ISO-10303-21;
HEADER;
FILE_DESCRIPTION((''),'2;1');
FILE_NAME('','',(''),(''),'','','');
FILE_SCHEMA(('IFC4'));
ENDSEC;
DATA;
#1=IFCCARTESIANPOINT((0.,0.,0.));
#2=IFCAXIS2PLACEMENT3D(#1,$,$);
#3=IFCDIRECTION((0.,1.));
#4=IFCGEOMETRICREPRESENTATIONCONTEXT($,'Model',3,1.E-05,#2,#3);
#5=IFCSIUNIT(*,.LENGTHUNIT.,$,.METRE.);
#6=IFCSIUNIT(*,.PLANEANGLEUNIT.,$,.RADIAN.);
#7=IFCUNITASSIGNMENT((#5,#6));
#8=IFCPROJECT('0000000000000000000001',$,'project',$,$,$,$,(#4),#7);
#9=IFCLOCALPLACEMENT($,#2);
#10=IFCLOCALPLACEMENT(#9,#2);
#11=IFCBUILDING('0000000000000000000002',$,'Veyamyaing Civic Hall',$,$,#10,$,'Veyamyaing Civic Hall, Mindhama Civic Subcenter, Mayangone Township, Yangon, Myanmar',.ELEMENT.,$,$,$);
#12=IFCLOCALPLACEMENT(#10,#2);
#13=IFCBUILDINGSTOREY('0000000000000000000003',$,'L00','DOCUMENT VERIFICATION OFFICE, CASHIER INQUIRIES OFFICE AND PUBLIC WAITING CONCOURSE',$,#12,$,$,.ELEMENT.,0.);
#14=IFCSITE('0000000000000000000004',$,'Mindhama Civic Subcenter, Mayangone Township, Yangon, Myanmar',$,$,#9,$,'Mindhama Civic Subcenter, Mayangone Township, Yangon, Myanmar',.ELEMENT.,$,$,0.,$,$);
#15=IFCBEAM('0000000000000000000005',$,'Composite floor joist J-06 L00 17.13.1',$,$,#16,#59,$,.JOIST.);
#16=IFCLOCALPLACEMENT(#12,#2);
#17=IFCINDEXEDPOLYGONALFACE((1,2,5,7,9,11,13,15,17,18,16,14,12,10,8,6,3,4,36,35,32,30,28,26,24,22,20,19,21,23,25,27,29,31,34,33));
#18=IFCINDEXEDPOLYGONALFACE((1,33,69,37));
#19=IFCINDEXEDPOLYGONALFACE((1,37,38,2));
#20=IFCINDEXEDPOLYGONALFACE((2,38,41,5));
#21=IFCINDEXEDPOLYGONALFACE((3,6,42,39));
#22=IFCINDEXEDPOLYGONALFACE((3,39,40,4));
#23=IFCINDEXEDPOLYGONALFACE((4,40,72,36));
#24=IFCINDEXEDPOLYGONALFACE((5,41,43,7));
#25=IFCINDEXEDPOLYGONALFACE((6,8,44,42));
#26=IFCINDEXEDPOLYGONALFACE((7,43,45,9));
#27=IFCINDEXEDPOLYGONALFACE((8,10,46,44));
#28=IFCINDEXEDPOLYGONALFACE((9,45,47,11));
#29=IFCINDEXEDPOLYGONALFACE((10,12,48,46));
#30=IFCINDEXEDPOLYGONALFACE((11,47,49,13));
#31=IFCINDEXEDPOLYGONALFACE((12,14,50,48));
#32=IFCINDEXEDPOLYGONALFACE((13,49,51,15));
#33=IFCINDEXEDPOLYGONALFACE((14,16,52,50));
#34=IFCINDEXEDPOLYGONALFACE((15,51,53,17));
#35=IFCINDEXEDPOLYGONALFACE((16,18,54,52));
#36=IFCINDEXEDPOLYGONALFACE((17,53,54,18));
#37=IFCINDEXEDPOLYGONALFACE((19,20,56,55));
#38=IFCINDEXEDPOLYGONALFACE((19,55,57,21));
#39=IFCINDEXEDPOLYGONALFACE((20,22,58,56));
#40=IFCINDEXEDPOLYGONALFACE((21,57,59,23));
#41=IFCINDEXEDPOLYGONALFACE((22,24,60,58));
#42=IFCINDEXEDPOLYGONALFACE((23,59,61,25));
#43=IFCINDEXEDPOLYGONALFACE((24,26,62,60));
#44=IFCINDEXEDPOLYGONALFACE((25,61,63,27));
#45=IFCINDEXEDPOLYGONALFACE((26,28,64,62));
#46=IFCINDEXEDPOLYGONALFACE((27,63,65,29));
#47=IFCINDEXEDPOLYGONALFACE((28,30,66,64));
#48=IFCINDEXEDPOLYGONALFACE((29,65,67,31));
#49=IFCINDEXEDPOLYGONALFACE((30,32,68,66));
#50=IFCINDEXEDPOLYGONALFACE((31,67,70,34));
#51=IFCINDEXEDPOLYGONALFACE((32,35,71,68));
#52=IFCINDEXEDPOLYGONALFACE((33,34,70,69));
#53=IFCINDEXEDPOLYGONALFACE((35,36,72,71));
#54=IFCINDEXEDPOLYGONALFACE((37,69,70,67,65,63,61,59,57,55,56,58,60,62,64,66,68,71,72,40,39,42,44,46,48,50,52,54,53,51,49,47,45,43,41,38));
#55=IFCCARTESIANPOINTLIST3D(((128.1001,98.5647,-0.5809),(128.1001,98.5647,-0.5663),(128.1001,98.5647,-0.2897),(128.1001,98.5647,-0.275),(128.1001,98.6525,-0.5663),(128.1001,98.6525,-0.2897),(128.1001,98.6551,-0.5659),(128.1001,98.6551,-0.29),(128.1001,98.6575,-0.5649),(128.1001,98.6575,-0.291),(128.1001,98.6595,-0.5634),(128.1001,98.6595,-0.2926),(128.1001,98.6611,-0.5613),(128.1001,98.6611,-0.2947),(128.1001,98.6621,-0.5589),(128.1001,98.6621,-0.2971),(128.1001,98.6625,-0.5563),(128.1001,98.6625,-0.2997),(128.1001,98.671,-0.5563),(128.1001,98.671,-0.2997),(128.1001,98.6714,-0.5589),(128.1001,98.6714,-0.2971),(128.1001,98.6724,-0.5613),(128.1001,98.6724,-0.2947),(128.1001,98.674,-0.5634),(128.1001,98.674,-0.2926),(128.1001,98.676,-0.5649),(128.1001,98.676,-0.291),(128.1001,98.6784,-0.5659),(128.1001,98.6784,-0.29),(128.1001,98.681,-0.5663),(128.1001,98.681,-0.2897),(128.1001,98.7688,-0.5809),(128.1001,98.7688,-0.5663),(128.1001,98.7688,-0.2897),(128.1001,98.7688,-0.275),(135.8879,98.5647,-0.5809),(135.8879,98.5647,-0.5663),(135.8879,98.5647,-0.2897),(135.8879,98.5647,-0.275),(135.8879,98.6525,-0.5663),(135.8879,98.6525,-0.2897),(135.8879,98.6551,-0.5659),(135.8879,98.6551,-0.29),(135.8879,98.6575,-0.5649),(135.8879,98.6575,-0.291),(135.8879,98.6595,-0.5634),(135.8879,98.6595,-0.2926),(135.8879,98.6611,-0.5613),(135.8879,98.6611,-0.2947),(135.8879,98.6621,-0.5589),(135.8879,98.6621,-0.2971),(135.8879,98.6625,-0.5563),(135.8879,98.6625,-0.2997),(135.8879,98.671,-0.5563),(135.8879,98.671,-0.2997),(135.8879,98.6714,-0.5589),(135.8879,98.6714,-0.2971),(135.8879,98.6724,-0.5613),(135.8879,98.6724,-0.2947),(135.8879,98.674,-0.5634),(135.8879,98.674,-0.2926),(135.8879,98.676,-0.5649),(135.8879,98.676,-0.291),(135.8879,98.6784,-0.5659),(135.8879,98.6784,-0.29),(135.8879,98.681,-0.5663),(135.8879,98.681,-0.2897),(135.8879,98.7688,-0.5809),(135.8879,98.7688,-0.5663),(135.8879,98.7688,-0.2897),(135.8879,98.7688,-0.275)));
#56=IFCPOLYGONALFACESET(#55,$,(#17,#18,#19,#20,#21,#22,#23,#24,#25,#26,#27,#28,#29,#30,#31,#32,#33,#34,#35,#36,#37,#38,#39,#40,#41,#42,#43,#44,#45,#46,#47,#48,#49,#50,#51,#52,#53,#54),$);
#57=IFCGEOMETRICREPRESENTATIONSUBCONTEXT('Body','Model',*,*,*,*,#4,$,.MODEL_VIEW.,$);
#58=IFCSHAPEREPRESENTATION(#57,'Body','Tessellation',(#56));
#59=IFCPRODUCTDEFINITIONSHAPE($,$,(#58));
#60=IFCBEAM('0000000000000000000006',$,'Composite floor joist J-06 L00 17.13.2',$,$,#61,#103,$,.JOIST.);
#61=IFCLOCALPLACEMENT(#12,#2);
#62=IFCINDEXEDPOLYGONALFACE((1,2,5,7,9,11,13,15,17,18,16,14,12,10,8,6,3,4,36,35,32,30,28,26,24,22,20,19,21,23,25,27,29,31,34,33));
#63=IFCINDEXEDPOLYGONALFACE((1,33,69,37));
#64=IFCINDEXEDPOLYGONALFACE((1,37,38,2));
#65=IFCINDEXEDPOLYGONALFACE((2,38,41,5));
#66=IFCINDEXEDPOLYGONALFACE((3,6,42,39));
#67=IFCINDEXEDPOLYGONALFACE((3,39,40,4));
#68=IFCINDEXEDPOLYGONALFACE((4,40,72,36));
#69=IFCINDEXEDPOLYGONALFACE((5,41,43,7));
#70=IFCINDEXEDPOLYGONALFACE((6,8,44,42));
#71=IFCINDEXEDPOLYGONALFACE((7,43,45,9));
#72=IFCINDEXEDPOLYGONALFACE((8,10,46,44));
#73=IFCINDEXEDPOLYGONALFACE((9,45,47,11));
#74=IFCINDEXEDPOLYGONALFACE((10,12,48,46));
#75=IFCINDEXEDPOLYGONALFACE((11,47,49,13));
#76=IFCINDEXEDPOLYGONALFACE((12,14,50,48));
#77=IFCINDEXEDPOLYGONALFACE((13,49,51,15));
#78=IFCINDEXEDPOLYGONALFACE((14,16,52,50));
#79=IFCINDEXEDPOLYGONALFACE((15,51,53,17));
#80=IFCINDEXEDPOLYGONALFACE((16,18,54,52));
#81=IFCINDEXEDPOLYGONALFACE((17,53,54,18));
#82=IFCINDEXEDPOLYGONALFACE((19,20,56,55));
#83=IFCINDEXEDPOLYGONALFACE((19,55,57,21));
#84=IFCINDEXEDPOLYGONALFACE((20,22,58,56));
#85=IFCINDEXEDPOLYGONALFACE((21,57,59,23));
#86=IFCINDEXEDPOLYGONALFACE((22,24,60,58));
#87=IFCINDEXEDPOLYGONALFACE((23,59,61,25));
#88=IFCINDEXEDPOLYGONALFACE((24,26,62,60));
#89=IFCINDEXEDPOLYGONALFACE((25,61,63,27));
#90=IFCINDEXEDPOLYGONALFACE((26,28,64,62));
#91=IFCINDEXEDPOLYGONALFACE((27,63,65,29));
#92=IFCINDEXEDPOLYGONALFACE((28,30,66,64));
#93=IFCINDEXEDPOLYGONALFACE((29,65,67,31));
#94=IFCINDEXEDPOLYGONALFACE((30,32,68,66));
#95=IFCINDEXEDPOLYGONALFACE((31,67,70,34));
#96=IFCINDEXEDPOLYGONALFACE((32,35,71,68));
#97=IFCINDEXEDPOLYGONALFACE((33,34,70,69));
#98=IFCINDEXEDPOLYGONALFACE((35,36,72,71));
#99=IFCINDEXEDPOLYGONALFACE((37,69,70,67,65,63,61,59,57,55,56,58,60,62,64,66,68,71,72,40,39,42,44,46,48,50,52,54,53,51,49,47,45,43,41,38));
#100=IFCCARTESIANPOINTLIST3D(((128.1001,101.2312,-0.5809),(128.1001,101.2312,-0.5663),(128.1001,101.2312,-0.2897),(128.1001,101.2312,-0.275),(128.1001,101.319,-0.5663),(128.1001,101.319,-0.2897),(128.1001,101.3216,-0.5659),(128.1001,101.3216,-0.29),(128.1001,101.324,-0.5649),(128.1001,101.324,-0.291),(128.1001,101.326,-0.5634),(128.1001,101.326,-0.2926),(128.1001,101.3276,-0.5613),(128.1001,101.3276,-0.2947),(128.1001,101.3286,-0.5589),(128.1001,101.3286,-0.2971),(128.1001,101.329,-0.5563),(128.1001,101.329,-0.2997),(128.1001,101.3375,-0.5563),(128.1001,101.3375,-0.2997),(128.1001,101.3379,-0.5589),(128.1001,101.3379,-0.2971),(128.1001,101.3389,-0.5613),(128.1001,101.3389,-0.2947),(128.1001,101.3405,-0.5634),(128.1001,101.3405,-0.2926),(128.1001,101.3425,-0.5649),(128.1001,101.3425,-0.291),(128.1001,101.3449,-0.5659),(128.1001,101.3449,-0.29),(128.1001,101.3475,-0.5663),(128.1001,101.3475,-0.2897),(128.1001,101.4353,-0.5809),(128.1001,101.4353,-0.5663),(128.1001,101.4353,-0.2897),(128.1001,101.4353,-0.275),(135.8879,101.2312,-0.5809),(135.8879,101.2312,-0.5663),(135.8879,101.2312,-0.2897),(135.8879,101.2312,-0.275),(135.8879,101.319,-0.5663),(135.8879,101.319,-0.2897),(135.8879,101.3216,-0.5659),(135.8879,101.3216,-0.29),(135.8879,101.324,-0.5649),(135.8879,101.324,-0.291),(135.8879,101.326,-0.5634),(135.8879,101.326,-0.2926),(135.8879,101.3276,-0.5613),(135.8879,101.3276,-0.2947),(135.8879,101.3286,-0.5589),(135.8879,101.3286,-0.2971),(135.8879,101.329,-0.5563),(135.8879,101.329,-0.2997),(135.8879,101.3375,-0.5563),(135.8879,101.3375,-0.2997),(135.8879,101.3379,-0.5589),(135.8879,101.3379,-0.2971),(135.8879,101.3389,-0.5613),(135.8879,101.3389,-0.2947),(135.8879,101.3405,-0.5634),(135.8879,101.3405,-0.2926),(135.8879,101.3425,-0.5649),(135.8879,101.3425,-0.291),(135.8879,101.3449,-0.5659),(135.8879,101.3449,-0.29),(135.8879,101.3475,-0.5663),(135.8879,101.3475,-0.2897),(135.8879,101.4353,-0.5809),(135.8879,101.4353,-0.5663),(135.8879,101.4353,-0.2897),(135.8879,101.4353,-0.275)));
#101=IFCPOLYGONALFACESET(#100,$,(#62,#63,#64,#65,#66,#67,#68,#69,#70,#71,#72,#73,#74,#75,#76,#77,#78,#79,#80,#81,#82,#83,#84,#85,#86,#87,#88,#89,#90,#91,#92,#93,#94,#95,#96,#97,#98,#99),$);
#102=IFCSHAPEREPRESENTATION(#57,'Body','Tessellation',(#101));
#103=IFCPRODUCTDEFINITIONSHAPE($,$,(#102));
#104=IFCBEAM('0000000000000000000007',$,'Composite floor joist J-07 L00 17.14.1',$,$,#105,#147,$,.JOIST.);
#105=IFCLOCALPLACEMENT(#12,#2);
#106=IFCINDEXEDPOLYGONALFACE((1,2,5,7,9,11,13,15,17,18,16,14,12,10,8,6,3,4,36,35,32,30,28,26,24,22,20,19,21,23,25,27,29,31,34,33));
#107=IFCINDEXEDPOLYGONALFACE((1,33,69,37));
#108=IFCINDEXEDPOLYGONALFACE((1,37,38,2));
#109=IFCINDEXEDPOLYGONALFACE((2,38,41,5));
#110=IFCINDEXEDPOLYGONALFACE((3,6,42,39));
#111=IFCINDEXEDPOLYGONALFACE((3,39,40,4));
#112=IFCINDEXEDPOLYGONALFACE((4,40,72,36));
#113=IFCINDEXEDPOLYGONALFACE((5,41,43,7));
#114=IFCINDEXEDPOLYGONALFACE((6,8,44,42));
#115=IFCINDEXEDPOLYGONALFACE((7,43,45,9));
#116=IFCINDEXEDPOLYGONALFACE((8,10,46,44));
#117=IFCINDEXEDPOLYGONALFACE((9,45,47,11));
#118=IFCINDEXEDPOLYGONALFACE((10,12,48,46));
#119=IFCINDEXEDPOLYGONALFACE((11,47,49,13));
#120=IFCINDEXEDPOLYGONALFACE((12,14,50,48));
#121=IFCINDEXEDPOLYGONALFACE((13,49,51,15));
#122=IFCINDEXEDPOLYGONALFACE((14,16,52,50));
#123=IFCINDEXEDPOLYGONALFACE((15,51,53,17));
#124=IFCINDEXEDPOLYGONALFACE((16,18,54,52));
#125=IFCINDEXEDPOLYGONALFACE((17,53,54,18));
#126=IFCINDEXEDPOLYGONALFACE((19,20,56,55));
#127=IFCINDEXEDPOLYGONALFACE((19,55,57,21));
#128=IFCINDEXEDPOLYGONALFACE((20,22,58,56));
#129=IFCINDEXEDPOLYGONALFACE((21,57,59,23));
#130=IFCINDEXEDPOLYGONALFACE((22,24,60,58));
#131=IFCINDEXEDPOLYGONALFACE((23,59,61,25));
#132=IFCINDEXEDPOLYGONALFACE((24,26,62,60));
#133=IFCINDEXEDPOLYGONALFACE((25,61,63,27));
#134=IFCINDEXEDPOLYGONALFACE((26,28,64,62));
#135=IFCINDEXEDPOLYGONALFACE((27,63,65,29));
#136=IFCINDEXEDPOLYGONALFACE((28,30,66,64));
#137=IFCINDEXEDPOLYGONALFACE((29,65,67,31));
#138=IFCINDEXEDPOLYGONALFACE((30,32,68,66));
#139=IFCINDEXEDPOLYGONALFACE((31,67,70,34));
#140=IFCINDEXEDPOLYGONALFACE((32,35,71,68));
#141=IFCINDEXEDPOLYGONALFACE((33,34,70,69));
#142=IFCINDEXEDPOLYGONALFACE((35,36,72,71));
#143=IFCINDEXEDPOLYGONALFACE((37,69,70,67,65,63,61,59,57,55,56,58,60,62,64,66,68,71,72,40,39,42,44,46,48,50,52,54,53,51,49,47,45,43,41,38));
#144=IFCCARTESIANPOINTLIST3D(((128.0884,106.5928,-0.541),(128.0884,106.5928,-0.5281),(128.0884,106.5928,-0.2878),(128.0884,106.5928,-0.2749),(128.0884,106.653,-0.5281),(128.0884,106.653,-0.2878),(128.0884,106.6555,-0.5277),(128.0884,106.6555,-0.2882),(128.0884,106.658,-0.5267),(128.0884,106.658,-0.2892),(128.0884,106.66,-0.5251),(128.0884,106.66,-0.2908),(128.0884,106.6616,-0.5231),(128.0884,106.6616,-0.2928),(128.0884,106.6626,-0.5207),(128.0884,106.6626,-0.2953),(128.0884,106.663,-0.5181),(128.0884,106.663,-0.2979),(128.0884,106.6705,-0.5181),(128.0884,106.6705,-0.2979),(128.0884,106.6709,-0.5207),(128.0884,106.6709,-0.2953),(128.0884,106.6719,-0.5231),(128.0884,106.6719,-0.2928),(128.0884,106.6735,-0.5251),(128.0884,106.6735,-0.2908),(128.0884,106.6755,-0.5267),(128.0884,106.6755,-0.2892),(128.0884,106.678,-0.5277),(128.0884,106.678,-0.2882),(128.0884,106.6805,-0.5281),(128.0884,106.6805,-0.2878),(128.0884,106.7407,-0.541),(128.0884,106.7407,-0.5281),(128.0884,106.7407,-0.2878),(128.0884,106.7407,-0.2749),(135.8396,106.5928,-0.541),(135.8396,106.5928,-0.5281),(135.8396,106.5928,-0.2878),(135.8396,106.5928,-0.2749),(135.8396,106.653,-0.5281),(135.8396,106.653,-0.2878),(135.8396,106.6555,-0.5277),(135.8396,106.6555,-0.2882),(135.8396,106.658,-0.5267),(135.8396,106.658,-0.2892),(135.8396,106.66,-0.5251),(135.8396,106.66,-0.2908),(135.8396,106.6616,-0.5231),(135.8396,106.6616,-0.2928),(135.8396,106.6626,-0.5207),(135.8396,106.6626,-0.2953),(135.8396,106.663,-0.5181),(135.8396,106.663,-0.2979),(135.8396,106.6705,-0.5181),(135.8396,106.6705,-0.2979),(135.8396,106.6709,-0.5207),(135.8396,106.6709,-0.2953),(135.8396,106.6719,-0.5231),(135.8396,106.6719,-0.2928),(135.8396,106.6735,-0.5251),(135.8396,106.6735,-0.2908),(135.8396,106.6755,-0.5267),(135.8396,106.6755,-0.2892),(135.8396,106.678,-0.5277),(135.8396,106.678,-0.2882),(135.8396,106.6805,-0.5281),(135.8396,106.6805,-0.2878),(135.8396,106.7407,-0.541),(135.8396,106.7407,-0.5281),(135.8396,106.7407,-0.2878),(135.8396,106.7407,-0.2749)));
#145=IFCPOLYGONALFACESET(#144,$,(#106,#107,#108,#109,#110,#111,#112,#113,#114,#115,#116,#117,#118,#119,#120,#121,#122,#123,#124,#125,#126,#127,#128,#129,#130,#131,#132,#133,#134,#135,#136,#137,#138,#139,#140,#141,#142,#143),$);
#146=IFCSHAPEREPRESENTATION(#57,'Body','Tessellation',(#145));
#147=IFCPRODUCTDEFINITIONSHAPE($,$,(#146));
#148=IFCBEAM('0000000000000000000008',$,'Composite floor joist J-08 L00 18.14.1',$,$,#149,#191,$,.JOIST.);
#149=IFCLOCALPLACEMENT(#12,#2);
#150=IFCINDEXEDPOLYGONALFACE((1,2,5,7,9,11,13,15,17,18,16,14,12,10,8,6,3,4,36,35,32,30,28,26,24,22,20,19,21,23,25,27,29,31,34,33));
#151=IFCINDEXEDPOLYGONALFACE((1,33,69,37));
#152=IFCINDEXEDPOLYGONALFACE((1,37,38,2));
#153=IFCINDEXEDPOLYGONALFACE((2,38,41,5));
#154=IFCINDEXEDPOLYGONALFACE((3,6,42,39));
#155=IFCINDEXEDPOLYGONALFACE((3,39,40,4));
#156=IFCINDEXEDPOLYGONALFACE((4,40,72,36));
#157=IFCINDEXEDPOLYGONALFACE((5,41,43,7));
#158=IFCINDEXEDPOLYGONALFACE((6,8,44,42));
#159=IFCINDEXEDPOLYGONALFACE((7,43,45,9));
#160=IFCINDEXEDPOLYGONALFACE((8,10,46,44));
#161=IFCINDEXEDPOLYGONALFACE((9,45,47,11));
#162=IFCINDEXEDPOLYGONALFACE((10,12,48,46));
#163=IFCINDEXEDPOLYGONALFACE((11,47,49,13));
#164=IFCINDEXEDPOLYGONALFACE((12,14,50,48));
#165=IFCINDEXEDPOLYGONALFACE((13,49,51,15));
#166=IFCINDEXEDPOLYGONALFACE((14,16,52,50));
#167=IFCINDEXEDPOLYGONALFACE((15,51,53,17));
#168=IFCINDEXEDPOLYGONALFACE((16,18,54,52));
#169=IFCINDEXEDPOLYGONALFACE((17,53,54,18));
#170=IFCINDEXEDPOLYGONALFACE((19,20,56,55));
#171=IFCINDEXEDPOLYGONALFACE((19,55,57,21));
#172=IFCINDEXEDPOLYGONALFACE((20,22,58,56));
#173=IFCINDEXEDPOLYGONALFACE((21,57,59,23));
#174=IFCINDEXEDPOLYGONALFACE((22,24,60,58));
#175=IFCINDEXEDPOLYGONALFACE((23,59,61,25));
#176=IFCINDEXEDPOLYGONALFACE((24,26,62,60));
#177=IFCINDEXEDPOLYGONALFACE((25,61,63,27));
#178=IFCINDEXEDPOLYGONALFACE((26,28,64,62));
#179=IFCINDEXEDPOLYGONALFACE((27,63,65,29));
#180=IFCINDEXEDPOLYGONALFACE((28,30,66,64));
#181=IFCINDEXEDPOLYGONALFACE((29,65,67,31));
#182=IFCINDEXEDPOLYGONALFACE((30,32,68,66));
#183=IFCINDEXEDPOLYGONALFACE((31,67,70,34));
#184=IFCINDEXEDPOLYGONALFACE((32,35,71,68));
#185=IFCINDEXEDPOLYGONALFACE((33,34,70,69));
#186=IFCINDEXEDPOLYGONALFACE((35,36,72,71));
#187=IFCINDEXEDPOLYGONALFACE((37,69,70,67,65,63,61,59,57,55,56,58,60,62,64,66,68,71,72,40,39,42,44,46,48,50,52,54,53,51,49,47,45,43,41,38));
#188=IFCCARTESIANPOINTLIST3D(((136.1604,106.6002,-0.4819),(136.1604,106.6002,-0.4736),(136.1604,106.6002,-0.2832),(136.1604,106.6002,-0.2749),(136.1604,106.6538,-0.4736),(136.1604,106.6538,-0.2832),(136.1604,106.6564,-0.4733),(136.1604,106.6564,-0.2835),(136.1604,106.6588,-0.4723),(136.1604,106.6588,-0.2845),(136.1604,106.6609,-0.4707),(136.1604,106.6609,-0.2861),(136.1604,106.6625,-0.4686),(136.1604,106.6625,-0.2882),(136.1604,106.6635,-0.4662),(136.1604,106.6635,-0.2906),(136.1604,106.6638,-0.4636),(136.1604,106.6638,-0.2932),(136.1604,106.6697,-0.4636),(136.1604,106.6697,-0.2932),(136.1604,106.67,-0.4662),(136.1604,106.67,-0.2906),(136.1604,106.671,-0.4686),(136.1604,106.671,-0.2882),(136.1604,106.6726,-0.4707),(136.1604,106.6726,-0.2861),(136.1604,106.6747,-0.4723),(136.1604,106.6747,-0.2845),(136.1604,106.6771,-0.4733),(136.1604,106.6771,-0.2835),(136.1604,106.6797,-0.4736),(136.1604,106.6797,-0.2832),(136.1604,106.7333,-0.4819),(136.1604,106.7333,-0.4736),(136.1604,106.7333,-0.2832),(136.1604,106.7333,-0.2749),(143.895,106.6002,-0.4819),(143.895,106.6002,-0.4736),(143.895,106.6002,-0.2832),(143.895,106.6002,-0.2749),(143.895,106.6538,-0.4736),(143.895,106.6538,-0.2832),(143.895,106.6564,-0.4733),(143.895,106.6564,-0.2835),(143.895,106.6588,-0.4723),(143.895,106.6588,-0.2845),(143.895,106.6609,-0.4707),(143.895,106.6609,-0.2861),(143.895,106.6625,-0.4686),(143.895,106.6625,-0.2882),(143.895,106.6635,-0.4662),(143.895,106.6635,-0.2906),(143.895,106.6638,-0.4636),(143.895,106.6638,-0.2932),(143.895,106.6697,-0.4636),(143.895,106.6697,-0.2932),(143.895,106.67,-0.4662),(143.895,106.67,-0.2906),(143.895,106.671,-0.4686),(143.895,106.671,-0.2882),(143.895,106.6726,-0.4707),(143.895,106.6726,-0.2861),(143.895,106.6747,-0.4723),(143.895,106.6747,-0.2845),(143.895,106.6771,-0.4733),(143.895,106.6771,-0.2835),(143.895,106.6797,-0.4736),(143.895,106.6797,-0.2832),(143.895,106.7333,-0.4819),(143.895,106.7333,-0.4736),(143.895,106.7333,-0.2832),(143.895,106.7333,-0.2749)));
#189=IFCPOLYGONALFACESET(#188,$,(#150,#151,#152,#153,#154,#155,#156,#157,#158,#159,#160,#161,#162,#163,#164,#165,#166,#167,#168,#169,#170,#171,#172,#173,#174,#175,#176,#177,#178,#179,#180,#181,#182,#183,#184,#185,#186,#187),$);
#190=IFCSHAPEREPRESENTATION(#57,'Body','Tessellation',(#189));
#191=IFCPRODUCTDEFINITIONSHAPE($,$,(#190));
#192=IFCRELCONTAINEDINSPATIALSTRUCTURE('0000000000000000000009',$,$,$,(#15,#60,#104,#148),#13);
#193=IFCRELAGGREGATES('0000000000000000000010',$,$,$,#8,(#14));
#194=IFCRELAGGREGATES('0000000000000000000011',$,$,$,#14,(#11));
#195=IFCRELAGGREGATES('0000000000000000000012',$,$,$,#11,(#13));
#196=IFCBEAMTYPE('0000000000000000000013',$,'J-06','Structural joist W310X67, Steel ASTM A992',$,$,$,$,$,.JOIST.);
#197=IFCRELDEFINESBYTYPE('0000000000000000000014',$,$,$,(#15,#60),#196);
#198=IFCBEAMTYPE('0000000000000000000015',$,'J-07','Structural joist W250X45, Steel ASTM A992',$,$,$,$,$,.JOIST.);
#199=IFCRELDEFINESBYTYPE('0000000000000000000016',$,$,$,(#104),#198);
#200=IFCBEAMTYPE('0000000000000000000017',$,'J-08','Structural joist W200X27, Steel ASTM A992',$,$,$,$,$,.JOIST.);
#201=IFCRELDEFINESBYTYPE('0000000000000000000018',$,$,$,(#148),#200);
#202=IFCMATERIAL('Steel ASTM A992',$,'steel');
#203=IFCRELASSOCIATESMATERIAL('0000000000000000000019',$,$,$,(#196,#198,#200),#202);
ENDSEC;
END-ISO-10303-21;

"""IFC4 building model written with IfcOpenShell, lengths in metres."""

from ifc_helpers import new_model, si_unit, direction, frame, origin, origin_2d, place, context, subcontext, project, spatial, i_section, extrude, material, material_profile, profile_set, type_object, element, save


model = new_model("IFC4")

# Units and contexts
model_context = context("Model", 3, precision=1e-05, world=origin(), true_north=direction((0.0, 1.0)))
body_context = subcontext(model_context, "Body", "Model", "MODEL_VIEW")
ifc_project = project(units=[si_unit("LENGTHUNIT", "METRE"), si_unit("PLANEANGLEUNIT", "RADIAN")], contexts=[model_context])

# Site, building, storey
site_placement = place(None, origin())
site = spatial("IfcSite", under=ifc_project, at=site_placement, Name="Mindhama Civic Subcenter, Mayangone Township, Yangon, Myanmar", LongName="Mindhama Civic Subcenter, Mayangone Township, Yangon, Myanmar", CompositionType="ELEMENT", RefElevation=0.0)
building_placement = place(site_placement, origin())
building = spatial("IfcBuilding", under=site, at=building_placement, Name="Veyamyaing Civic Hall", LongName="Veyamyaing Civic Hall, Mindhama Civic Subcenter, Mayangone Township, Yangon, Myanmar", CompositionType="ELEMENT")
storey_placement = place(building_placement, origin())
storey = spatial("IfcBuildingStorey", under=building, at=storey_placement, Name="L00", Description="DOCUMENT VERIFICATION OFFICE, CASHIER INQUIRIES OFFICE AND PUBLIC WAITING CONCOURSE", CompositionType="ELEMENT", Elevation=0.0)

# Shared definitions
ifc_material_1 = material(Name="Steel ASTM A992", Category="steel")

# Beams
ifc_material_profile_1 = material_profile(ifc_material_1, i_section(OverallWidth=0.2041, OverallDepth=0.3059, WebThickness=0.0085, FlangeThickness=0.0146, FilletRadius=0.01, at=origin_2d()), Name="W310X67")
ifc_profile_set_1 = profile_set([ifc_material_profile_1], Name="Steel ASTM A992")
beam_type_1 = type_object("IfcBeamType", Name="J-06", Description="Structural joist W310X67, Steel ASTM A992", PredefinedType="JOIST", material=ifc_profile_set_1)
for number, where, z_axis, x_axis, name in (
    (1, (128.1001, 98.6667, -0.428), (1.0, 0.0, 0.0), (0.0, 1.0, 0.0), "Composite floor joist J-06 L00 17.13.1"),
    (2, (128.1001, 101.3333, -0.428), (1.0, 0.0, 0.0), (0.0, 1.0, 0.0), "Composite floor joist J-06 L00 17.13.2"),
):
    element("IfcBeam", number, at=place(storey_placement, frame(where, z_axis=z_axis, x_axis=x_axis)), inside=storey, type_object=beam_type_1, Name=name, PredefinedType="JOIST", context=body_context, shape_type="SweptSolid", body=[
        extrude(i_section(OverallWidth=0.2041, OverallDepth=0.3059, WebThickness=0.0085, FlangeThickness=0.0146, FilletRadius=0.01, at=origin_2d()), origin(), (0.0, 0.0, 1.0), 7.7878),
    ])
ifc_material_profile_2 = material_profile(ifc_material_1, i_section(OverallWidth=0.1479, OverallDepth=0.2661, WebThickness=0.0076, FlangeThickness=0.0129, FilletRadius=0.01, at=origin_2d()), Name="W250X45")
ifc_profile_set_2 = profile_set([ifc_material_profile_2], Name="Steel ASTM A992")
beam_type_2 = type_object("IfcBeamType", Name="J-07", Description="Structural joist W250X45, Steel ASTM A992", PredefinedType="JOIST", material=ifc_profile_set_2)
beam_1_placement = place(storey_placement, frame((128.0884, 106.6667, -0.408), z_axis=(1.0, 0.0, 0.0), x_axis=(0.0, 1.0, 0.0)))
element("IfcBeam", 3, at=beam_1_placement, inside=storey, type_object=beam_type_2, Name="Composite floor joist J-07 L00 17.14.1", PredefinedType="JOIST", context=body_context, shape_type="SweptSolid", body=[
    extrude(i_section(OverallWidth=0.1479, OverallDepth=0.2661, WebThickness=0.0076, FlangeThickness=0.0129, FilletRadius=0.01, at=origin_2d()), origin(), (0.0, 0.0, 1.0), 7.7512),
])
ifc_material_profile_3 = material_profile(ifc_material_1, i_section(OverallWidth=0.1331, OverallDepth=0.207, WebThickness=0.0059, FlangeThickness=0.0083, FilletRadius=0.01, at=origin_2d()), Name="W200X27")
ifc_profile_set_3 = profile_set([ifc_material_profile_3], Name="Steel ASTM A992")
beam_type_3 = type_object("IfcBeamType", Name="J-08", Description="Structural joist W200X27, Steel ASTM A992", PredefinedType="JOIST", material=ifc_profile_set_3)
beam_2_placement = place(storey_placement, frame((136.1604, 106.6667, -0.3784), z_axis=(1.0, 0.0, 0.0), x_axis=(0.0, 1.0, 0.0)))
element("IfcBeam", 4, at=beam_2_placement, inside=storey, type_object=beam_type_3, Name="Composite floor joist J-08 L00 18.14.1", PredefinedType="JOIST", context=body_context, shape_type="SweptSolid", body=[
    extrude(i_section(OverallWidth=0.1331, OverallDepth=0.207, WebThickness=0.0059, FlangeThickness=0.0083, FilletRadius=0.01, at=origin_2d()), origin(), (0.0, 0.0, 1.0), 7.7346),
])

save(model, "model.ifc")
